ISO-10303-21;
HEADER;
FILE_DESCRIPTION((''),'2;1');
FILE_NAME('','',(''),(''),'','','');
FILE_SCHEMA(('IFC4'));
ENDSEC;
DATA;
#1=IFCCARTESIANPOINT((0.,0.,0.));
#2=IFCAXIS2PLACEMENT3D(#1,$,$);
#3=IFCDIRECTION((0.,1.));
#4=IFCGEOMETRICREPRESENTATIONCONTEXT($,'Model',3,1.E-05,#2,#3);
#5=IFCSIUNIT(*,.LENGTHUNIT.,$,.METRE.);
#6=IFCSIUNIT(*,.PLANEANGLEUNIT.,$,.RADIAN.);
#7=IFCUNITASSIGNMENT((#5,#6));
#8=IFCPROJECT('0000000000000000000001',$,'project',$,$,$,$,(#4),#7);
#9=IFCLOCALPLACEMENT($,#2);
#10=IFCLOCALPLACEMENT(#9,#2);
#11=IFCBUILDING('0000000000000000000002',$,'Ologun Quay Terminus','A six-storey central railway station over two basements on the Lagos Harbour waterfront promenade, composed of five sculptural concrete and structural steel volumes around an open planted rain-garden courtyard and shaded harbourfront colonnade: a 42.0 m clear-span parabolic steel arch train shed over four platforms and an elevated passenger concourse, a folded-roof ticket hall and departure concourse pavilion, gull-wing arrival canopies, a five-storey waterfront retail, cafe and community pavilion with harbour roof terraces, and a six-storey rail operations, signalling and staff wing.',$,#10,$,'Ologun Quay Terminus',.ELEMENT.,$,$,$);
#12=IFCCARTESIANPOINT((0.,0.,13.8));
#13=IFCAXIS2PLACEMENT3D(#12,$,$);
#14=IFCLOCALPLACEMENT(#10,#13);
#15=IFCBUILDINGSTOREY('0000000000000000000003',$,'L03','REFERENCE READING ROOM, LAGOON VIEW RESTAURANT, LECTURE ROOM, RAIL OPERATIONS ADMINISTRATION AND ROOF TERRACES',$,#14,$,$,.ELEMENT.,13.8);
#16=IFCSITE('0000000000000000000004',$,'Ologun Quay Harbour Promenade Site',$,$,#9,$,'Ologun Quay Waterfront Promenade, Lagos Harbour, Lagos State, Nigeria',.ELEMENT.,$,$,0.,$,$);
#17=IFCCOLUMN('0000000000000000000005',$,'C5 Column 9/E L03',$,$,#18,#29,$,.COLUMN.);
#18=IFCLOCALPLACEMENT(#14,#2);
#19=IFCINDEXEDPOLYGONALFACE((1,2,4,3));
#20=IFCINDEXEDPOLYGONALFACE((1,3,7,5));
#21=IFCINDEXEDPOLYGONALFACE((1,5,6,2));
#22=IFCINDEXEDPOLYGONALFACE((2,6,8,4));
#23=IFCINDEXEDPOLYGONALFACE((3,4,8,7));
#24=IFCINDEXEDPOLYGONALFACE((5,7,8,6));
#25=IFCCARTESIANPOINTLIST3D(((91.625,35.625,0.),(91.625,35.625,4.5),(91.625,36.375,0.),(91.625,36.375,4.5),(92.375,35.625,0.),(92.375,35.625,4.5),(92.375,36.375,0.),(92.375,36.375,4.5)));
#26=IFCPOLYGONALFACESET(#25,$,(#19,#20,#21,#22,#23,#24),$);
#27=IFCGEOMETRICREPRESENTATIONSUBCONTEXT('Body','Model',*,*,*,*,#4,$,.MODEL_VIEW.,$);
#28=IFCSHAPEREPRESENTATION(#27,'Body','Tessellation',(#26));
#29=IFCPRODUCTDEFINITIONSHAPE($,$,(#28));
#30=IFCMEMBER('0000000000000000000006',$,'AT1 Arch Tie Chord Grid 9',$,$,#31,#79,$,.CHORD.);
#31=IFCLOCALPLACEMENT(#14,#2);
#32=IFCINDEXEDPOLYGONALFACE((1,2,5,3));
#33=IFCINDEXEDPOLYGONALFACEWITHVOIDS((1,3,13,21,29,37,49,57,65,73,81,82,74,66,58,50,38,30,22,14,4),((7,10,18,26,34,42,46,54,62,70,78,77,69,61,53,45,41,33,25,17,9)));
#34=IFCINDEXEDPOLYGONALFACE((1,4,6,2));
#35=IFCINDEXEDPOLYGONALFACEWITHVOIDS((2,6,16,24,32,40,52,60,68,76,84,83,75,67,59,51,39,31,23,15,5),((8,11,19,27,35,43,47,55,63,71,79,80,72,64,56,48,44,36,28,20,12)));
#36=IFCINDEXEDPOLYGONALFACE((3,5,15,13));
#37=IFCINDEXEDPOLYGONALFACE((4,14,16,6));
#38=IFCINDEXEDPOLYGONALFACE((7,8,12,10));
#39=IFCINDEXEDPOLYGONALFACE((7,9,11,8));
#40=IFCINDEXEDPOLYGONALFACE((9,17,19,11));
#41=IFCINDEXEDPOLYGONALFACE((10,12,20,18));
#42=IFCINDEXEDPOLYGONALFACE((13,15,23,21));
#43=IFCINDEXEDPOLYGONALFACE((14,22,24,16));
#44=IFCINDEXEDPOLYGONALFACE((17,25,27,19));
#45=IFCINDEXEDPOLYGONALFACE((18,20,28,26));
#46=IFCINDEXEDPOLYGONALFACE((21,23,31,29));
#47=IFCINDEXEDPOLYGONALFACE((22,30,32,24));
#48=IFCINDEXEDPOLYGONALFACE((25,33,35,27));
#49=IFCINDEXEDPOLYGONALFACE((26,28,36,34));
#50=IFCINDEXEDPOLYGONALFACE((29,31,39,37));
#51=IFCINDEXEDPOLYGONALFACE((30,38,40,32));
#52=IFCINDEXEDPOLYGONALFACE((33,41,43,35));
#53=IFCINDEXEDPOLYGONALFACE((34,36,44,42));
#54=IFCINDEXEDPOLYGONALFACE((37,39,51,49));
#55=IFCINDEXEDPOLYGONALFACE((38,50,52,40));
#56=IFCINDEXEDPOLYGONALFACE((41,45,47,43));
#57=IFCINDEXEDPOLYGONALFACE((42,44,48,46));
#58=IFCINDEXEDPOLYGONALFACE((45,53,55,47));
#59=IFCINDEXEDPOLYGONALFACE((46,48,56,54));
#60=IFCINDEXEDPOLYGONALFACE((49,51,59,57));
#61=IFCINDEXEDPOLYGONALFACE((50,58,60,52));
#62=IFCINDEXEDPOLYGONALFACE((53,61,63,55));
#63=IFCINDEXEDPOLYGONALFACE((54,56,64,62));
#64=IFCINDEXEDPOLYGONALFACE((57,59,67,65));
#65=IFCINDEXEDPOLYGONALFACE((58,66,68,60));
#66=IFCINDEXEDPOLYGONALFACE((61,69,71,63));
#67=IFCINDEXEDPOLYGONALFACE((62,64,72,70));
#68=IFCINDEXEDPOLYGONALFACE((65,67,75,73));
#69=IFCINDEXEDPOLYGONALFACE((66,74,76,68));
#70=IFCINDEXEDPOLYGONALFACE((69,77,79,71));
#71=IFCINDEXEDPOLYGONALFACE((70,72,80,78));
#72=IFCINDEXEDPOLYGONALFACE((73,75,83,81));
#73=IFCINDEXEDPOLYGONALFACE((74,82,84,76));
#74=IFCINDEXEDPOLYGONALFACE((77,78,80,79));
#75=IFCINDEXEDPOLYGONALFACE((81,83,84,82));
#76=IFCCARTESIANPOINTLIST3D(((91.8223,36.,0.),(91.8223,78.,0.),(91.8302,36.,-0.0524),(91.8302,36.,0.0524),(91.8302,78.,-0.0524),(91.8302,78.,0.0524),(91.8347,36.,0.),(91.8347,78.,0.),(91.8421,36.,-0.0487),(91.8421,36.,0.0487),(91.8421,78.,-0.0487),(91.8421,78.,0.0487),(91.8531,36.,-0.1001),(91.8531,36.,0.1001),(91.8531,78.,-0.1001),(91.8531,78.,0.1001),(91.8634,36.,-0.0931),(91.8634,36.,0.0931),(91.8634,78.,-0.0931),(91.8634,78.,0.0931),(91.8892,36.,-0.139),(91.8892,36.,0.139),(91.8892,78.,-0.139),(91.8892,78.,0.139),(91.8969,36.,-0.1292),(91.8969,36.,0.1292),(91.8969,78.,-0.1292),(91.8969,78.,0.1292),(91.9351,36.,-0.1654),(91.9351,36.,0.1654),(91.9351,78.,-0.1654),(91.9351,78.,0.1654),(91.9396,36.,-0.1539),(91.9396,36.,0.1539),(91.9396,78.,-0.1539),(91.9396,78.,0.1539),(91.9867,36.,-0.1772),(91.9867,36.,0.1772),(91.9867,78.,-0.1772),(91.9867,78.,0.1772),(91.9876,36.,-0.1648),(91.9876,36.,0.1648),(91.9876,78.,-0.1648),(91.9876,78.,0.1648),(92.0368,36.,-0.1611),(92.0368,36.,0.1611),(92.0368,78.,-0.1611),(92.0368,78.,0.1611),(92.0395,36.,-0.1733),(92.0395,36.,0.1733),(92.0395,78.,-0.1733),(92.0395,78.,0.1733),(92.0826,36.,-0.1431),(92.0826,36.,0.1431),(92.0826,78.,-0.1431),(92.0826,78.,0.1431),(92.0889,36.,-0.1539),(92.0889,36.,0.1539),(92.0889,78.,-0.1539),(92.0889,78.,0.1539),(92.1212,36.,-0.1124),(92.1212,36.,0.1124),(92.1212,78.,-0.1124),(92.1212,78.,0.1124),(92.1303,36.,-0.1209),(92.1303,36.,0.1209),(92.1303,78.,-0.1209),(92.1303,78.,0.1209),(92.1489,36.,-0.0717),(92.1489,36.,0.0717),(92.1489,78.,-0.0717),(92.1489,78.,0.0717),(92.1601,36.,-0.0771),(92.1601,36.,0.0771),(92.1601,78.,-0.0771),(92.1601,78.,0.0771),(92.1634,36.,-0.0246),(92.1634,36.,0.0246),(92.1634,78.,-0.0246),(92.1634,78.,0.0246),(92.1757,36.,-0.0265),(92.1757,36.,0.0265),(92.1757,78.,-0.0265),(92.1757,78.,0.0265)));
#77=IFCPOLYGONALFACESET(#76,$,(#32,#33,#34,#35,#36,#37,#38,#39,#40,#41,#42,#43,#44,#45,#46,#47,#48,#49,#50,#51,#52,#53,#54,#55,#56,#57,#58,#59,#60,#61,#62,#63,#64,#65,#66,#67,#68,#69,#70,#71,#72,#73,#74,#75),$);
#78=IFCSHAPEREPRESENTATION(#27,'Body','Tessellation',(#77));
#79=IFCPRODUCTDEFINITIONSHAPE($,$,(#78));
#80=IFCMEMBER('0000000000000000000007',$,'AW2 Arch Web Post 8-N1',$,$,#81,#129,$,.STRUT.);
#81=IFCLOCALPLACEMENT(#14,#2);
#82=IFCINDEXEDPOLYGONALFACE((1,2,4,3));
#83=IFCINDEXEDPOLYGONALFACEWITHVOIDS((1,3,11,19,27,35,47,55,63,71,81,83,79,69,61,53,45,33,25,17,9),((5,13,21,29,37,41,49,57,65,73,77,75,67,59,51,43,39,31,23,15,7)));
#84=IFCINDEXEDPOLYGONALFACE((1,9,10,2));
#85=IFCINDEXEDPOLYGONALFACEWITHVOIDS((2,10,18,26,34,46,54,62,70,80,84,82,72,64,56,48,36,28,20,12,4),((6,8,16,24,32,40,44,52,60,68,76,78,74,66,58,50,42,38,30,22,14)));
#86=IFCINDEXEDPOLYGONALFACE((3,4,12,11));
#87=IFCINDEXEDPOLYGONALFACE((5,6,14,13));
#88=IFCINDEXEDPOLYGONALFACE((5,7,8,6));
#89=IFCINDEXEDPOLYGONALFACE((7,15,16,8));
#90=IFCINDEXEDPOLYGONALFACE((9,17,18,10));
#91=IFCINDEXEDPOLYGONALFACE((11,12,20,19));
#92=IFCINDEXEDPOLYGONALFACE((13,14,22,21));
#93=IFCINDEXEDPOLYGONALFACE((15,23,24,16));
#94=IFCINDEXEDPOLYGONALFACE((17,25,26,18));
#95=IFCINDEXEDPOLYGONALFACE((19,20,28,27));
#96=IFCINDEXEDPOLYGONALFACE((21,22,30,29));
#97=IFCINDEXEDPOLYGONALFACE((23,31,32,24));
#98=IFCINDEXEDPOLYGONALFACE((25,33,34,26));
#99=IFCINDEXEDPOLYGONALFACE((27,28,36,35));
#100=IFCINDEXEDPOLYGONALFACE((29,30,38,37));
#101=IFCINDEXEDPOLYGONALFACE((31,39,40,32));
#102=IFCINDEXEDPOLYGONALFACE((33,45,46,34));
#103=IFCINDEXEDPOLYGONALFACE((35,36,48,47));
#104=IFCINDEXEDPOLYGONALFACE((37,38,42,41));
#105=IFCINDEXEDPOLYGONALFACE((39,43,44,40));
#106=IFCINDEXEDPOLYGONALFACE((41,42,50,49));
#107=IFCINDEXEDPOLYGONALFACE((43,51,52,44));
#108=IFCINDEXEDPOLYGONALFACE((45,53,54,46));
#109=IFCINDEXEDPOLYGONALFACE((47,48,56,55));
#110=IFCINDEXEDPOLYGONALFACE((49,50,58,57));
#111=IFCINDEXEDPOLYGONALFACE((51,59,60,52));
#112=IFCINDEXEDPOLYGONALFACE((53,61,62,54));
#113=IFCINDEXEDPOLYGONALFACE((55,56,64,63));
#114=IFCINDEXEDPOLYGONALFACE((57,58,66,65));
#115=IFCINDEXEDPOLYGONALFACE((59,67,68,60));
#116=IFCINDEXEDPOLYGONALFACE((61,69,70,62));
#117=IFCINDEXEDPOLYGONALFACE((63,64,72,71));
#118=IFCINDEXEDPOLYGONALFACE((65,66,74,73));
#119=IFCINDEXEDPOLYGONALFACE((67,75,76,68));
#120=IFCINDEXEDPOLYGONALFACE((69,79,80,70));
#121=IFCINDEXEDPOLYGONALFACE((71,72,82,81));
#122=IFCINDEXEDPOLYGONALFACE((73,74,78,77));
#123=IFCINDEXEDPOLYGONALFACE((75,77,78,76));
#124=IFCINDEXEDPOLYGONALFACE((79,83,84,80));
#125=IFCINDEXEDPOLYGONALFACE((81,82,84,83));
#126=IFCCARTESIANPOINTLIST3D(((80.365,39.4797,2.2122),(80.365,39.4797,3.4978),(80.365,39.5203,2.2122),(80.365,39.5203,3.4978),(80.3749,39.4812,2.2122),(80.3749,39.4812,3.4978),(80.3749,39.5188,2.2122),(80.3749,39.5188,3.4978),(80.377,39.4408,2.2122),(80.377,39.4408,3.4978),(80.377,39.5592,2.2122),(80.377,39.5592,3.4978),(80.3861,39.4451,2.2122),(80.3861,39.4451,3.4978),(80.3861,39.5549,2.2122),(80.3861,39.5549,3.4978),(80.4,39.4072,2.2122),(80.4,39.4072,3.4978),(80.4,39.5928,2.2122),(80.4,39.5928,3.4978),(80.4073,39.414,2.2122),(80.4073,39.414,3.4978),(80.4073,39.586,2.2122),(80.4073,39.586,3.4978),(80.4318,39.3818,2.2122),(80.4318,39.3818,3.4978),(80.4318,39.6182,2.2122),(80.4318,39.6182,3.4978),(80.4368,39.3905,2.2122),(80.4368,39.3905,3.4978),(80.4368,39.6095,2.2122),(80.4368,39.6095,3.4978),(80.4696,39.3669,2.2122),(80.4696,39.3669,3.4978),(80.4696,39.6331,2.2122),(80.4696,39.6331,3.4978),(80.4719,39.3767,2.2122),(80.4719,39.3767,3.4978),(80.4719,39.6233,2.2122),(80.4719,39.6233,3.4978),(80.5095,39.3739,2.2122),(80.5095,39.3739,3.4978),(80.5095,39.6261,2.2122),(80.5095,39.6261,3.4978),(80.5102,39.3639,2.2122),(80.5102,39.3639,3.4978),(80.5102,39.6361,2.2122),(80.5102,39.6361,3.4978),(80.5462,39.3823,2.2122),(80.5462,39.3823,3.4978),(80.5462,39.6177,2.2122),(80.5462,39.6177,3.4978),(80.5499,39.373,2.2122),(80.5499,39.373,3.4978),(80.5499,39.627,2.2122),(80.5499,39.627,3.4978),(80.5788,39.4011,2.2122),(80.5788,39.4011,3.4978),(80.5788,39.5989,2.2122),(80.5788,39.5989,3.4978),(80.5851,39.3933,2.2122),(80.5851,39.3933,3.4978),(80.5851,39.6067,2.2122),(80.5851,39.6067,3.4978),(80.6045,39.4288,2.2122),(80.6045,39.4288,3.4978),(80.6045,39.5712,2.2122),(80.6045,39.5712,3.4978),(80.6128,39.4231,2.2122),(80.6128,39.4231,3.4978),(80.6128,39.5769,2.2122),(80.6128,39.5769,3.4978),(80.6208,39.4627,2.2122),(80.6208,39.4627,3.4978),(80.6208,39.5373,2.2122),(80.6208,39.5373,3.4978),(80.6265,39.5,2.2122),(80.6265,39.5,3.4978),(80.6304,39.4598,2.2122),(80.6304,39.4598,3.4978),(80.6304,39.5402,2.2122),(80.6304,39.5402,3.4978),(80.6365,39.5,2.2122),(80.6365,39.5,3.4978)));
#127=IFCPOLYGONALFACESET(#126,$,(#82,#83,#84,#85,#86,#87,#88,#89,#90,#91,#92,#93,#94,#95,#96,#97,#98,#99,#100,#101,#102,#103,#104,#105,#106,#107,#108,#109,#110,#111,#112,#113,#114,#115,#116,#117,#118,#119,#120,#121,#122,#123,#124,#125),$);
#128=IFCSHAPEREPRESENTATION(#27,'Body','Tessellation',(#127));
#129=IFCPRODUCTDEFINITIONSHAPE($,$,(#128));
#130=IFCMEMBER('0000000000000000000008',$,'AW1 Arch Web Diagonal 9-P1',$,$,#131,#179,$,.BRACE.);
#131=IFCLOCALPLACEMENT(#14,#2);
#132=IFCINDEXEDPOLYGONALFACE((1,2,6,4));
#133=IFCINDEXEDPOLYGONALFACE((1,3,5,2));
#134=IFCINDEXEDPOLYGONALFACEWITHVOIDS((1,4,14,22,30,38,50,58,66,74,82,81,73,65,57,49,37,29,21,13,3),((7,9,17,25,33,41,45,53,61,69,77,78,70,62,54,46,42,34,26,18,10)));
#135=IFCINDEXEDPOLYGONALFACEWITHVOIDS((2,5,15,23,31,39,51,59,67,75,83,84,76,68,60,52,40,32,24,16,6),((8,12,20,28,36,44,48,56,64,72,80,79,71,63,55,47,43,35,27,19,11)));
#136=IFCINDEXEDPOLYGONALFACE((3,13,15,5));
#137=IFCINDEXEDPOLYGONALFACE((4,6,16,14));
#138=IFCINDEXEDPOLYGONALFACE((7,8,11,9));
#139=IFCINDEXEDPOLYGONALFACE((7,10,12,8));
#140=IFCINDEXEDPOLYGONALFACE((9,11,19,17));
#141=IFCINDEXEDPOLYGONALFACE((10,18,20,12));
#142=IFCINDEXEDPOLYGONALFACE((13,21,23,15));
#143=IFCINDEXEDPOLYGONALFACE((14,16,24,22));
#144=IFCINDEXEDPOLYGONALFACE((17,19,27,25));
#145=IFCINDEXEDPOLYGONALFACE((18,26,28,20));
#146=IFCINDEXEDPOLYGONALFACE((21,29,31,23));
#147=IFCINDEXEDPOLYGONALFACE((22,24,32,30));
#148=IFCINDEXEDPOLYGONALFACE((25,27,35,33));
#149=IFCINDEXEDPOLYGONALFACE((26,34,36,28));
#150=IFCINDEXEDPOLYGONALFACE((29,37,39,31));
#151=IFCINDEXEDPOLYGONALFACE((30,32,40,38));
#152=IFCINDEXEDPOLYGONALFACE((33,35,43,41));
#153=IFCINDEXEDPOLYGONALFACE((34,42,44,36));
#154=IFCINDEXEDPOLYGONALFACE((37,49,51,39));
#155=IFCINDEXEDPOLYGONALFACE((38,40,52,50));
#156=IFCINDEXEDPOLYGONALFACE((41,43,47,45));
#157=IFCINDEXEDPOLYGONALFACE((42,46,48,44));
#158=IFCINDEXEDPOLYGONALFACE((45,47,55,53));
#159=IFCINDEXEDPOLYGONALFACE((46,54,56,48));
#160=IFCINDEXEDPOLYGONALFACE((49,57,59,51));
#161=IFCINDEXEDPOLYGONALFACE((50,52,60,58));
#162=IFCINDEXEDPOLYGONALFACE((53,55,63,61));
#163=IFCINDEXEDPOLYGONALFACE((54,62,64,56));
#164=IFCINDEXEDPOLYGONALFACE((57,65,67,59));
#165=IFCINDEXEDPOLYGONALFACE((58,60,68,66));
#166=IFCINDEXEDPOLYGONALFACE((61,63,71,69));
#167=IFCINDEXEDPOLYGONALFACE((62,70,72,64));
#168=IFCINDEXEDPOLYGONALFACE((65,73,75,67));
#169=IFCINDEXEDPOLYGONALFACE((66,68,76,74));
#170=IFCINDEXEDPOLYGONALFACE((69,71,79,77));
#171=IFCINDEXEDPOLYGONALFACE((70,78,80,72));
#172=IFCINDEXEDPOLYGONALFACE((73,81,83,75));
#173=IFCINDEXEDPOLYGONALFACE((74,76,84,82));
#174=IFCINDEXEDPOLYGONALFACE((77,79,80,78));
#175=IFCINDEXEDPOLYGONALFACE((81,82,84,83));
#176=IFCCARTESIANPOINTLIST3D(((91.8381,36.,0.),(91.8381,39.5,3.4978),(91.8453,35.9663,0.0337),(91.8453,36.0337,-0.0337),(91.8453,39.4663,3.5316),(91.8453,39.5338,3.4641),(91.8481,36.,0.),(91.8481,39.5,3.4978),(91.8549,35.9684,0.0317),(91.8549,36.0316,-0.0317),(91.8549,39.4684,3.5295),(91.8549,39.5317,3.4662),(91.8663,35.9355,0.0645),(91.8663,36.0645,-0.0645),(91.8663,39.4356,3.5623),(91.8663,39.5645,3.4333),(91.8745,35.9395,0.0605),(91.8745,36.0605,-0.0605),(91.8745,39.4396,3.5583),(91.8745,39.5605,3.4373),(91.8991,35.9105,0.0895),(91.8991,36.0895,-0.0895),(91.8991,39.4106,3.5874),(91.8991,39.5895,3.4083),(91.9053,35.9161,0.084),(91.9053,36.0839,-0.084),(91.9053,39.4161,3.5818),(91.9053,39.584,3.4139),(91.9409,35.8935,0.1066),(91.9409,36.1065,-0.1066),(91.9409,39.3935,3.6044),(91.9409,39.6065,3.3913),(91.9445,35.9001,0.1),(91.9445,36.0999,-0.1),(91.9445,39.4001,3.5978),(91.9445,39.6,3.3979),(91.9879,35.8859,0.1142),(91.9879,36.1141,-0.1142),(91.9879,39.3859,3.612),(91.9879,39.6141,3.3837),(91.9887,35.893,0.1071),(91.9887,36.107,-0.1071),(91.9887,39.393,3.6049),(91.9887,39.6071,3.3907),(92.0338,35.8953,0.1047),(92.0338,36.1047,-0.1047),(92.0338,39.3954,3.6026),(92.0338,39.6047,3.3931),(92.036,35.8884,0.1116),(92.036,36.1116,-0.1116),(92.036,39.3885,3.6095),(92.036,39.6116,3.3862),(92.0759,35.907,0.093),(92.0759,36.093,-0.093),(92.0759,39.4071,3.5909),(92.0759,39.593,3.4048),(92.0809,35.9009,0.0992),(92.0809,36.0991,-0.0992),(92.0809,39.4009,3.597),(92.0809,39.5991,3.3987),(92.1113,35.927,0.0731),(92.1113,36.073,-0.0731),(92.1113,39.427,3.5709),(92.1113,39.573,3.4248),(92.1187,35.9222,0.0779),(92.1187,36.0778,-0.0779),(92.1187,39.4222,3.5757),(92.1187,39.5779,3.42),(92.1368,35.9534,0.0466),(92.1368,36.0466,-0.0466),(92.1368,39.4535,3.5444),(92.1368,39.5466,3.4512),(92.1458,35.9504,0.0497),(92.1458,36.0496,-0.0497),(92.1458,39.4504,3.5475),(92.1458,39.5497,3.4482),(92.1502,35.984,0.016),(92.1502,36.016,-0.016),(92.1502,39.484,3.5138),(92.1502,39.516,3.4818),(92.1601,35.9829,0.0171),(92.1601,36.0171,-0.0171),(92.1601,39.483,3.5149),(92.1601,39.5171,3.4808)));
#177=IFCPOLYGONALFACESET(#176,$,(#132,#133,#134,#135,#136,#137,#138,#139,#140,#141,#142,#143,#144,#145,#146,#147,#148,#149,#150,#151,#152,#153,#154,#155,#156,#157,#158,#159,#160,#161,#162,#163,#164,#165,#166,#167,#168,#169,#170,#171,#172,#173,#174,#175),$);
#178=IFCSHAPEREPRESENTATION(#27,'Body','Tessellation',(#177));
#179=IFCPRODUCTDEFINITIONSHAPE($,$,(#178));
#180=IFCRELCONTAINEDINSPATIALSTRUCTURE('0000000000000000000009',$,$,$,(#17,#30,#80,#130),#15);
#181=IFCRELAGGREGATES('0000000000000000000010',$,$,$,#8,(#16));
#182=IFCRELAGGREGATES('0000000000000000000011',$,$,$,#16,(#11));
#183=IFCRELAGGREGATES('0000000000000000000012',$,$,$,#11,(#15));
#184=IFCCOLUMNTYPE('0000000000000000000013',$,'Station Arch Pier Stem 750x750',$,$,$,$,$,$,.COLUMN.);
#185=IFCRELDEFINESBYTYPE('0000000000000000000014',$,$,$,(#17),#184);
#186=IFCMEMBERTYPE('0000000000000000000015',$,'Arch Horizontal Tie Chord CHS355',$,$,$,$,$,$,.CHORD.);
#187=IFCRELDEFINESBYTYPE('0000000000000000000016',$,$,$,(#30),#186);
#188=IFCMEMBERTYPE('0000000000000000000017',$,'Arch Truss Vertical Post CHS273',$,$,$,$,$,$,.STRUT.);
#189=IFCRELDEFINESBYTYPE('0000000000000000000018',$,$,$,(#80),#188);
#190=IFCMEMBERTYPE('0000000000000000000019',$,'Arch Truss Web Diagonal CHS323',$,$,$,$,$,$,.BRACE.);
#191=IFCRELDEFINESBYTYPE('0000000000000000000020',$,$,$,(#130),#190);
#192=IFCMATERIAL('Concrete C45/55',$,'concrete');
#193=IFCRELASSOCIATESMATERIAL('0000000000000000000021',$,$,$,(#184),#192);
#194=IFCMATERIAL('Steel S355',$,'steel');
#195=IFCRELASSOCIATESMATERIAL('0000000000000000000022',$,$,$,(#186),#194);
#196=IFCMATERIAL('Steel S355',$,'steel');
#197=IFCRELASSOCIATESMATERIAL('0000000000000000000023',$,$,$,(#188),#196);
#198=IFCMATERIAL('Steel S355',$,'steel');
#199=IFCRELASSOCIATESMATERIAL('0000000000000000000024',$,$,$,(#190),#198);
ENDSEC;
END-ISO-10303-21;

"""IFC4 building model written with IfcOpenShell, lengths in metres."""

from ifc_helpers import new_model, si_unit, direction, frame, origin, origin_2d, place, context, subcontext, project, spatial, rectangle, hollow_circle, extrude, material, material_profile, profile_set, type_object, element, save


model = new_model("IFC4")

# Units and contexts
model_context = context("Model", 3, precision=1e-05, world=origin(), true_north=direction((0.0, 1.0)))
body_context = subcontext(model_context, "Body", "Model", "MODEL_VIEW")
ifc_project = project(units=[si_unit("LENGTHUNIT", "METRE"), si_unit("PLANEANGLEUNIT", "RADIAN")], contexts=[model_context])

# Site, building, storey
site_placement = place(None, origin())
site = spatial("IfcSite", under=ifc_project, at=site_placement, Name="Ologun Quay Harbour Promenade Site", LongName="Ologun Quay Waterfront Promenade, Lagos Harbour, Lagos State, Nigeria", CompositionType="ELEMENT", RefElevation=0.0)
building_placement = place(site_placement, origin())
building = spatial("IfcBuilding", under=site, at=building_placement, Name="Ologun Quay Terminus", Description="A six-storey central railway station over two basements on the Lagos Harbour waterfront promenade, composed of five sculptural concrete and structural steel volumes around an open planted rain-garden courtyard and shaded harbourfront colonnade: a 42.0 m clear-span parabolic steel arch train shed over four platforms and an elevated passenger concourse, a folded-roof ticket hall and departure concourse pavilion, gull-wing arrival canopies, a five-storey waterfront retail, cafe and community pavilion with harbour roof terraces, and a six-storey rail operations, signalling and staff wing.", LongName="Ologun Quay Terminus", CompositionType="ELEMENT")
storey_placement = place(building_placement, frame((0.0, 0.0, 13.8)))
storey = spatial("IfcBuildingStorey", under=building, at=storey_placement, Name="L03", Description="REFERENCE READING ROOM, LAGOON VIEW RESTAURANT, LECTURE ROOM, RAIL OPERATIONS ADMINISTRATION AND ROOF TERRACES", CompositionType="ELEMENT", Elevation=13.8)

# Column
ifc_material_1 = material(Name="Concrete C45/55", Category="concrete")
ifc_material_profile_1 = material_profile(ifc_material_1, rectangle(XDim=0.75, YDim=0.75, at=origin_2d()), Name="RC 750x750")
ifc_profile_set_1 = profile_set([ifc_material_profile_1], Name="Concrete C45/55")
column_type = type_object("IfcColumnType", Name="Station Arch Pier Stem 750x750", PredefinedType="COLUMN", material=ifc_profile_set_1)
column_placement = place(storey_placement, frame((92.0, 36.0, 0.0), z_axis=(0.0, 0.0, 1.0), x_axis=(1.0, 0.0, 0.0)))
element("IfcColumn", 1, at=column_placement, inside=storey, type_object=column_type, Name="C5 Column 9/E L03", PredefinedType="COLUMN", context=body_context, shape_type="SweptSolid", body=[
    extrude(rectangle(XDim=0.75, YDim=0.75, at=origin_2d()), origin(), (0.0, 0.0, 1.0), 4.5),
])

# Members
ifc_material_2 = material(Name="Steel S355", Category="steel")
ifc_material_profile_2 = material_profile(ifc_material_2, hollow_circle(Radius=0.1777, WallThickness=0.0125, at=origin_2d()), Name="CHS 355.6x12.5")
ifc_profile_set_2 = profile_set([ifc_material_profile_2], Name="Steel S355")
member_type_1 = type_object("IfcMemberType", Name="Arch Horizontal Tie Chord CHS355", PredefinedType="CHORD", material=ifc_profile_set_2)
member_1_placement = place(storey_placement, frame((92.0, 36.0, 0.0), z_axis=(0.0, 1.0, 0.0), x_axis=(-1.0, 0.0, 0.0)))
element("IfcMember", 2, at=member_1_placement, inside=storey, type_object=member_type_1, Name="AT1 Arch Tie Chord Grid 9", PredefinedType="CHORD", context=body_context, shape_type="SweptSolid", body=[
    extrude(hollow_circle(Radius=0.1777, WallThickness=0.0125, at=origin_2d()), origin(), (0.0, 0.0, 1.0), 42.0),
])
ifc_material_3 = material(Name="Steel S355", Category="steel")
ifc_material_profile_3 = material_profile(ifc_material_3, hollow_circle(Radius=0.1365, WallThickness=0.01, at=origin_2d()), Name="CHS 273x10")
ifc_profile_set_3 = profile_set([ifc_material_profile_3], Name="Steel S355")
member_type_2 = type_object("IfcMemberType", Name="Arch Truss Vertical Post CHS273", PredefinedType="STRUT", material=ifc_profile_set_3)
member_2_placement = place(storey_placement, frame((80.5, 39.5, 2.2122), z_axis=(0.0, 0.0, 1.0), x_axis=(1.0, 0.0, 0.0)))
element("IfcMember", 3, at=member_2_placement, inside=storey, type_object=member_type_2, Name="AW2 Arch Web Post 8-N1", PredefinedType="STRUT", context=body_context, shape_type="SweptSolid", body=[
    extrude(hollow_circle(Radius=0.1365, WallThickness=0.01, at=origin_2d()), origin(), (0.0, 0.0, 1.0), 1.2856),
])
ifc_material_4 = material(Name="Steel S355", Category="steel")
ifc_material_profile_4 = material_profile(ifc_material_4, hollow_circle(Radius=0.1619, WallThickness=0.01, at=origin_2d()), Name="CHS 323.9x10")
ifc_profile_set_4 = profile_set([ifc_material_profile_4], Name="Steel S355")
member_type_3 = type_object("IfcMemberType", Name="Arch Truss Web Diagonal CHS323", PredefinedType="BRACE", material=ifc_profile_set_4)
member_3_placement = place(storey_placement, frame((92.0, 36.0, 0.0), z_axis=(0.0, 0.707329, 0.706885), x_axis=(-1.0, 0.0, 0.0)))
element("IfcMember", 4, at=member_3_placement, inside=storey, type_object=member_type_3, Name="AW1 Arch Web Diagonal 9-P1", PredefinedType="BRACE", context=body_context, shape_type="SweptSolid", body=[
    extrude(hollow_circle(Radius=0.1619, WallThickness=0.01, at=origin_2d()), origin(), (0.0, 0.0, 1.0), 4.9482),
])

save(model, "model.ifc")
